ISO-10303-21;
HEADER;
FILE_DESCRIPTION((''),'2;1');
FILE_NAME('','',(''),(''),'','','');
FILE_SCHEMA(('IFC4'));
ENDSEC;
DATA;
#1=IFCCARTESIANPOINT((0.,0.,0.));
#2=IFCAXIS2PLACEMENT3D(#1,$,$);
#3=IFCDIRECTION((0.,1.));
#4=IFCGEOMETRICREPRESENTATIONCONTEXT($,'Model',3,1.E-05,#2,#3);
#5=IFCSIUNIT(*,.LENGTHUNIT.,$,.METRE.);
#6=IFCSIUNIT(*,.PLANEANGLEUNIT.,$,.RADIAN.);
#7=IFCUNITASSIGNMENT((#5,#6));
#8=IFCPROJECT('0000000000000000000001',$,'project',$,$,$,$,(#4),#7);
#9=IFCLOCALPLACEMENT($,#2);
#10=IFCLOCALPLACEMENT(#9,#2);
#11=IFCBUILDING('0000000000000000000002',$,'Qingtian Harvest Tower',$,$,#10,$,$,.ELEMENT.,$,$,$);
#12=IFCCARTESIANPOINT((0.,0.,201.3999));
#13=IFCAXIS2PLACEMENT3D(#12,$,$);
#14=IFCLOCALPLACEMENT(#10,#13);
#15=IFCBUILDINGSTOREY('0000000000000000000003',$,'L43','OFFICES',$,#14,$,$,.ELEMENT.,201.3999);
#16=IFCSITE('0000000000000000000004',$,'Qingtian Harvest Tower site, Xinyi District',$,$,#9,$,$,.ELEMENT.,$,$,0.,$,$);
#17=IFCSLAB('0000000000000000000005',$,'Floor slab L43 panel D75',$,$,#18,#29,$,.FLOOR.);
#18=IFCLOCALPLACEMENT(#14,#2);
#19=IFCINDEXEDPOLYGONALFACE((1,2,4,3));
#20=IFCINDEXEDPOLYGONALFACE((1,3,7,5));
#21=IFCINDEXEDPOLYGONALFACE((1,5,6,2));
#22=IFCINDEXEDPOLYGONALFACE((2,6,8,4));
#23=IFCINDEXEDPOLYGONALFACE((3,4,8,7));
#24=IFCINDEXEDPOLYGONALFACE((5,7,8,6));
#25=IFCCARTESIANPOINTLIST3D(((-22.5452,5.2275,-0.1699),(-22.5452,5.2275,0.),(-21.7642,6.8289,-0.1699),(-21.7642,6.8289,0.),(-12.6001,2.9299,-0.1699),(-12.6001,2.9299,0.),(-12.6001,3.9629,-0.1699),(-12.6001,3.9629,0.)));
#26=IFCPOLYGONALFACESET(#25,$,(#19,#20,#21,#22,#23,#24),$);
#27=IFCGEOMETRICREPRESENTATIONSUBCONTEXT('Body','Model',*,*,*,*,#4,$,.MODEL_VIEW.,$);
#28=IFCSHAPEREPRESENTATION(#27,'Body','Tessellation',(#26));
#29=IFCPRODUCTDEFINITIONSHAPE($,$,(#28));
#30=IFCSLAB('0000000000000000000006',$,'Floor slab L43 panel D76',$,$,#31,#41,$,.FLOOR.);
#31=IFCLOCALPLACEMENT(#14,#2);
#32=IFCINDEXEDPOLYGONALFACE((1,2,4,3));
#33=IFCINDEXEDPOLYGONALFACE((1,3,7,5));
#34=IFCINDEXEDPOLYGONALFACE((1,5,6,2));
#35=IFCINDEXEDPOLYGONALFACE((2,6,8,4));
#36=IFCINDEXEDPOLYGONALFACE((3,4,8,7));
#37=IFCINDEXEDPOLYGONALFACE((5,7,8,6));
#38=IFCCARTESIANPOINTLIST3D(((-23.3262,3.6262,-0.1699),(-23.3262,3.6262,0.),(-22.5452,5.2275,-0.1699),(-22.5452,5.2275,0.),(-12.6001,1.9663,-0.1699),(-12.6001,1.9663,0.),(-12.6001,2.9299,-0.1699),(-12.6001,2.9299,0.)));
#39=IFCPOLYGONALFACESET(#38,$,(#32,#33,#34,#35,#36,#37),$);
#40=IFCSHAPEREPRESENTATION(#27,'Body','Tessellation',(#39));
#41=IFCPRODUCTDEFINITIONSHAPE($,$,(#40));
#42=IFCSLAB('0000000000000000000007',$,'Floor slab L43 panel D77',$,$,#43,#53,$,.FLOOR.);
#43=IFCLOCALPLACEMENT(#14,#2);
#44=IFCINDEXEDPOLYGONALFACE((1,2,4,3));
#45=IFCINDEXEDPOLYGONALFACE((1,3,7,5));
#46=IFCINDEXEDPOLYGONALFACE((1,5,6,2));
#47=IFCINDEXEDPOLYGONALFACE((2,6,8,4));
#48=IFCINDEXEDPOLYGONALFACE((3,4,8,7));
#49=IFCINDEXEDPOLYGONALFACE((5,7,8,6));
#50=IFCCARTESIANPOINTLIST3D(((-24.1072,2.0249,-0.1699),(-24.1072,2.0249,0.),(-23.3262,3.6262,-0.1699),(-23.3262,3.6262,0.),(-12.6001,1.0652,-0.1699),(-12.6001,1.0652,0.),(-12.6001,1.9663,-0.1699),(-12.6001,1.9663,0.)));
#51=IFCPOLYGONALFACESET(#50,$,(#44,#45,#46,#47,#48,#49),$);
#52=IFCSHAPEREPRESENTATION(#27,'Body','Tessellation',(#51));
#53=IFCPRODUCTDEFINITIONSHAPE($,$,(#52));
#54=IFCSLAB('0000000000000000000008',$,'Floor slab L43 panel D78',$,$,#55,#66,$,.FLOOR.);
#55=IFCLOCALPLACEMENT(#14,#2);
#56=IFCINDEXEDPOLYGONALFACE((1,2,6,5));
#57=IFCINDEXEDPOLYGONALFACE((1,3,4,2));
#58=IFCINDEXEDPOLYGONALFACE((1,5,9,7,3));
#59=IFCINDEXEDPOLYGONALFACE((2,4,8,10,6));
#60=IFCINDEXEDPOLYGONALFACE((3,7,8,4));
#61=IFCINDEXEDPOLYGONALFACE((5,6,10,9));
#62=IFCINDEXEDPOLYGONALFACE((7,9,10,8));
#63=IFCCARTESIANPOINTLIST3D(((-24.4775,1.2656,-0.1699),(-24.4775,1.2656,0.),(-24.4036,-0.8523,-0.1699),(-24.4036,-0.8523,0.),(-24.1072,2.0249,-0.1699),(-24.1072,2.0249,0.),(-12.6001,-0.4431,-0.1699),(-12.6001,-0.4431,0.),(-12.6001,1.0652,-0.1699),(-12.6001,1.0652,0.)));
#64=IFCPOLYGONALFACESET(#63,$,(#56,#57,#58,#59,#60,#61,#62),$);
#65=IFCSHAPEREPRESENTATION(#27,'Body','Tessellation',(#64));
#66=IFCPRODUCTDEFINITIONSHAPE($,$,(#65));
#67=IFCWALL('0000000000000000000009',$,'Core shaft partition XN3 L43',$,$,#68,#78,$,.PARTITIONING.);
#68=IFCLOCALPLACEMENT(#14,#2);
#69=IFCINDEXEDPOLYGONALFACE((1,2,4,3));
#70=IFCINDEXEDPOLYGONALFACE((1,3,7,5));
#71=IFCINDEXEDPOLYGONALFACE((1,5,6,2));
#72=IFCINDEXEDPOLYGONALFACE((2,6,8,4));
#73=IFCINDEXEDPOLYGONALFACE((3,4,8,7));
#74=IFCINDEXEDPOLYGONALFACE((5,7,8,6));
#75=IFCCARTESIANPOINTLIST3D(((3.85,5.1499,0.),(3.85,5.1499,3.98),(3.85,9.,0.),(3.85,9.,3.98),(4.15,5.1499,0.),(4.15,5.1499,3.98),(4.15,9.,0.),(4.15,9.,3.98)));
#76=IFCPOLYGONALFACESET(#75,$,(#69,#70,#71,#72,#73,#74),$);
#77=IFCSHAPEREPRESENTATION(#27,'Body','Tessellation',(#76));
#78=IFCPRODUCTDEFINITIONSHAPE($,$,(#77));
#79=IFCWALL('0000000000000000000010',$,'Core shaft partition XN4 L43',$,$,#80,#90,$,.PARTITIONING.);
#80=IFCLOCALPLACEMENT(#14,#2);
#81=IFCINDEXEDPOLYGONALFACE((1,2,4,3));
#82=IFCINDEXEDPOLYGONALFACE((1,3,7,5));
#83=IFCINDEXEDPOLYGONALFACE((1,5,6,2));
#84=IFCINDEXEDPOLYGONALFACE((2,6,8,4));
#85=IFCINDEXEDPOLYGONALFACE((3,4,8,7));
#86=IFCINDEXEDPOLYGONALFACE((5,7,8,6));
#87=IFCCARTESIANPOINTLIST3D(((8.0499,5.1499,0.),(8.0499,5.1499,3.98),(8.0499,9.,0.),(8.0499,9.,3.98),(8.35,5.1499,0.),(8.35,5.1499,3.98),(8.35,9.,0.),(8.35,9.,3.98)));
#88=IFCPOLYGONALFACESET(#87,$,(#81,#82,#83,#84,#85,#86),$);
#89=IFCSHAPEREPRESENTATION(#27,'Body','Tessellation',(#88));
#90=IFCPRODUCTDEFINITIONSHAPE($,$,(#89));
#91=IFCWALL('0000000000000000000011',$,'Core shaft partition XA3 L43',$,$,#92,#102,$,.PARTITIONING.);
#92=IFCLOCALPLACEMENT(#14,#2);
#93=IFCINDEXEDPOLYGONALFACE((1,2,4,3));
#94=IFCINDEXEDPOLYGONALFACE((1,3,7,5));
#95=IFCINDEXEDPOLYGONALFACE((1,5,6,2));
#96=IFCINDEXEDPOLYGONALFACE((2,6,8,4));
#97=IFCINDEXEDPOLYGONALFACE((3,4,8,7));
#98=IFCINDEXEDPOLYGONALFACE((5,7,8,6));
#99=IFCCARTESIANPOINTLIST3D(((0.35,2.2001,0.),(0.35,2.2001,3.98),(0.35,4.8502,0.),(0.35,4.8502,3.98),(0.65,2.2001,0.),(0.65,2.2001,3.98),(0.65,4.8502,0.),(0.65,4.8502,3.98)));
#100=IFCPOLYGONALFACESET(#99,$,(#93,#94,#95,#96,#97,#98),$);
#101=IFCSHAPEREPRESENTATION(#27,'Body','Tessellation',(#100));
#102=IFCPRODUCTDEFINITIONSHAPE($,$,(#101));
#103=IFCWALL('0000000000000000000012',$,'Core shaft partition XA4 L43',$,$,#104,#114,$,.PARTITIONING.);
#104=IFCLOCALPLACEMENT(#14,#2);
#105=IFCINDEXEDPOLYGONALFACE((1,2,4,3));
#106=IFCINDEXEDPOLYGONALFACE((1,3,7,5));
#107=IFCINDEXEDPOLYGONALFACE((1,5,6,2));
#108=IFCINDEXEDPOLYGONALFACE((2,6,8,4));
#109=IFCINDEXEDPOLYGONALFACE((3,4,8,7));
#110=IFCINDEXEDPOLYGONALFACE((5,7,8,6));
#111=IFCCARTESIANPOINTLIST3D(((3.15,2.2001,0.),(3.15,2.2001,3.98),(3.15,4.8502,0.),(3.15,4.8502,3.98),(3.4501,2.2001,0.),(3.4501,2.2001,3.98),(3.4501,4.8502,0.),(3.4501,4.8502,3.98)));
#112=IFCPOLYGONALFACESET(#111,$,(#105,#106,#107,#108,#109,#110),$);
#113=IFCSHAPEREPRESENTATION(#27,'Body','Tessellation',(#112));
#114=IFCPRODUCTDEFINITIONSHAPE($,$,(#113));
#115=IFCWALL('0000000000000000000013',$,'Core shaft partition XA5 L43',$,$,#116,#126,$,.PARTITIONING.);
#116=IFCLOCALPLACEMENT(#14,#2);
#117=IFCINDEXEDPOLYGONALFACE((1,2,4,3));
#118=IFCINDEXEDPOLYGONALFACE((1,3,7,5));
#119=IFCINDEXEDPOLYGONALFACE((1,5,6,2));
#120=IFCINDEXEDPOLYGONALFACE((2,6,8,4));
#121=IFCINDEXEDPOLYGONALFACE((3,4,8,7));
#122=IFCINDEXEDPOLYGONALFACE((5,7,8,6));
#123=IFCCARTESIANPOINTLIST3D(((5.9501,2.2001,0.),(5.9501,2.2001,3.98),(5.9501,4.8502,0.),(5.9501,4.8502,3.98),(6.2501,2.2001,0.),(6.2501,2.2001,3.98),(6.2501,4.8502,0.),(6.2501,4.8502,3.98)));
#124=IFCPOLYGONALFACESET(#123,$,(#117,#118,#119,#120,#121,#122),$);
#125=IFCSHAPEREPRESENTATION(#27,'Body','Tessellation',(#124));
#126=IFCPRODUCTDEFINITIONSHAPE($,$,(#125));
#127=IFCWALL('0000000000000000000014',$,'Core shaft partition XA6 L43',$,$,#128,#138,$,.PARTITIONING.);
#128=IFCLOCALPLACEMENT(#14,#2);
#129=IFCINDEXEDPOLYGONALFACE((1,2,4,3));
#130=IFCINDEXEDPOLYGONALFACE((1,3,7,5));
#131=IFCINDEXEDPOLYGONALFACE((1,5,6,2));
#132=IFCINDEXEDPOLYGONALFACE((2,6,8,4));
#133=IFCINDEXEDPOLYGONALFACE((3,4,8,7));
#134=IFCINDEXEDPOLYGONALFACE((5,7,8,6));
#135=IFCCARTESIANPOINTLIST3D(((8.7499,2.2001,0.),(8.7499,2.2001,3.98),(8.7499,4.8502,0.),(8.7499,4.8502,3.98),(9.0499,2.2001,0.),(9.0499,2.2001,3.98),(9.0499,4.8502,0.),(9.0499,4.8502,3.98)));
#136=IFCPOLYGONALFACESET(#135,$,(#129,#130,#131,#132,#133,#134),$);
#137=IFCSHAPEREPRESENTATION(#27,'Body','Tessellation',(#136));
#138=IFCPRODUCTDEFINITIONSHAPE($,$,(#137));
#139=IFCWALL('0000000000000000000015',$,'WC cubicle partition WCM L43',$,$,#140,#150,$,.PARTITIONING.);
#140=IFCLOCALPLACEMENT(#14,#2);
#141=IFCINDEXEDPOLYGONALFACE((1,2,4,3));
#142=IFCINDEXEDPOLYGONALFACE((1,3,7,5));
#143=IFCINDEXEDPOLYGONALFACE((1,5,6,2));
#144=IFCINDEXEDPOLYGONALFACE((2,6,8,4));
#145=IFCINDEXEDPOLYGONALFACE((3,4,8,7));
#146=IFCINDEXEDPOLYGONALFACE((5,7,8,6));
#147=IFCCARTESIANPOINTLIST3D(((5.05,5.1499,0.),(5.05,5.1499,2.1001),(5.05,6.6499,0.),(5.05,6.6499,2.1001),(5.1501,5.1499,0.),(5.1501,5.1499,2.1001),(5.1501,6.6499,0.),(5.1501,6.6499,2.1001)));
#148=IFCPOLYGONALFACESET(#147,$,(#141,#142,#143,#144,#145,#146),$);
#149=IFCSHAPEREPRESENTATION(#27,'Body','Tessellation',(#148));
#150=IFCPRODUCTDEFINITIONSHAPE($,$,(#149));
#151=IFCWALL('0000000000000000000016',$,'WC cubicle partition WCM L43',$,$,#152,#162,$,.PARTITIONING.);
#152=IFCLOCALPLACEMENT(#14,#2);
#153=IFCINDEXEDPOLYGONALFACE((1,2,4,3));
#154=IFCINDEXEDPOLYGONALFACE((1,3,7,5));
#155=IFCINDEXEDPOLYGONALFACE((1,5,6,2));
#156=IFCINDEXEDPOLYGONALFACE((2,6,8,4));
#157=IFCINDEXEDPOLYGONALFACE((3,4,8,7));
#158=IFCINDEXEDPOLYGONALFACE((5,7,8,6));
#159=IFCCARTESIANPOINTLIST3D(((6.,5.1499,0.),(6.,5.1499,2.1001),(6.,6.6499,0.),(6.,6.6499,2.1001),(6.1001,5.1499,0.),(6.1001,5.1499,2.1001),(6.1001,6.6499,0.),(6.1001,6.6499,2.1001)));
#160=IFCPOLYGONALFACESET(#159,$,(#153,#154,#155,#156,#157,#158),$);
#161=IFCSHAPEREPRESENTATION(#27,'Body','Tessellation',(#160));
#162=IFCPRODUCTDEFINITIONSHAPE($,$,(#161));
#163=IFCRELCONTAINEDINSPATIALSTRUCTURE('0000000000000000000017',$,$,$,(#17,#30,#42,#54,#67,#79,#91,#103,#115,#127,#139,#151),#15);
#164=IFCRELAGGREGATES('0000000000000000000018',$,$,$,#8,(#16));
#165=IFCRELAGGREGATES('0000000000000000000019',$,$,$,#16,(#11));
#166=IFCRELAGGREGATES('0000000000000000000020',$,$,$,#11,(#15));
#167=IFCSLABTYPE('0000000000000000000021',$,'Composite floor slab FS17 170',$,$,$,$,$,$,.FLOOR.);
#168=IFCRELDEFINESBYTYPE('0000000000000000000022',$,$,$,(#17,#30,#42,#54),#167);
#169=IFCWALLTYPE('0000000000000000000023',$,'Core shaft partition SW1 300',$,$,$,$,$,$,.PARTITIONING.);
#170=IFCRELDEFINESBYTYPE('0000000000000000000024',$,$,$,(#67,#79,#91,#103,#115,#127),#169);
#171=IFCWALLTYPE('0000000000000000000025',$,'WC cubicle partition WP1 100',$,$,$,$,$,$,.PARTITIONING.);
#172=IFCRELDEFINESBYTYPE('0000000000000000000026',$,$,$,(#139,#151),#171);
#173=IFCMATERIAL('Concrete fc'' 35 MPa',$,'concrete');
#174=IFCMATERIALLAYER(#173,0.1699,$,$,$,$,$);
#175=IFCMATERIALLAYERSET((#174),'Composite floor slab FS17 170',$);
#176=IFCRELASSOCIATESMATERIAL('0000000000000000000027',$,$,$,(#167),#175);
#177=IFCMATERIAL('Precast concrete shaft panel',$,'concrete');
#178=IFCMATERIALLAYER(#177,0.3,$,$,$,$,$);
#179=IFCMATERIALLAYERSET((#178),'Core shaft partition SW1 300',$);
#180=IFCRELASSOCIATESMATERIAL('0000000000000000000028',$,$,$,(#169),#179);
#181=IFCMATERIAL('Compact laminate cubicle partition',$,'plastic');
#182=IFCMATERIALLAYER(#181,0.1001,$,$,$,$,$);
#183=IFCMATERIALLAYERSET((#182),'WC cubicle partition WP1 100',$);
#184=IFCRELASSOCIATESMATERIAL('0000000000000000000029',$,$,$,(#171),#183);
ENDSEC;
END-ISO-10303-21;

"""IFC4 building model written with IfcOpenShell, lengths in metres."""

from ifc_helpers import new_model, si_unit, direction, frame, frame_2d, origin, place, context, subcontext, project, spatial, polyline, rectangle, outline, extrude, material, layer, layer_set, type_object, element, save


model = new_model("IFC4")

# Units and contexts
model_context = context("Model", 3, precision=1e-05, world=origin(), true_north=direction((0.0, 1.0)))
body_context = subcontext(model_context, "Body", "Model", "MODEL_VIEW")
ifc_project = project(units=[si_unit("LENGTHUNIT", "METRE"), si_unit("PLANEANGLEUNIT", "RADIAN")], contexts=[model_context])

# Site, building, storey
site_placement = place(None, origin())
site = spatial("IfcSite", under=ifc_project, at=site_placement, Name="Qingtian Harvest Tower site, Xinyi District", CompositionType="ELEMENT", RefElevation=0.0)
building_placement = place(site_placement, origin())
building = spatial("IfcBuilding", under=site, at=building_placement, Name="Qingtian Harvest Tower", CompositionType="ELEMENT")
storey_placement = place(building_placement, frame((0.0, 0.0, 201.3999)))
storey = spatial("IfcBuildingStorey", under=building, at=storey_placement, Name="L43", Description="OFFICES", CompositionType="ELEMENT", Elevation=201.3999)

# Slabs
ifc_material_1 = material(Name="Concrete fc' 35 MPa", Category="concrete")
ifc_layer_1 = layer(ifc_material_1, 0.1699)
ifc_layer_set_1 = layer_set([ifc_layer_1], Name="Composite floor slab FS17 170")
slab_type = type_object("IfcSlabType", Name="Composite floor slab FS17 170", PredefinedType="FLOOR", material=ifc_layer_set_1)
slab_1_placement = place(storey_placement, frame((0.0, 0.0, -0.1699)))
element("IfcSlab", 1, at=slab_1_placement, inside=storey, type_object=slab_type, Name="Floor slab L43 panel D75", PredefinedType="FLOOR", context=body_context, shape_type="SweptSolid", body=[
    extrude(outline(polyline([(-12.6001, 2.9299), (-22.5452, 5.2275), (-21.7642, 6.8289), (-12.6001, 3.9629), (-12.6001, 2.9299)])), origin(), (0.0, 0.0, 1.0), 0.1699),
])
slab_2_placement = place(storey_placement, frame((0.0, 0.0, -0.1699)))
element("IfcSlab", 2, at=slab_2_placement, inside=storey, type_object=slab_type, Name="Floor slab L43 panel D76", PredefinedType="FLOOR", context=body_context, shape_type="SweptSolid", body=[
    extrude(outline(polyline([(-12.6001, 1.9663), (-23.3262, 3.6262), (-22.5452, 5.2275), (-12.6001, 2.9299), (-12.6001, 1.9663)])), origin(), (0.0, 0.0, 1.0), 0.1699),
])
slab_3_placement = place(storey_placement, frame((0.0, 0.0, -0.1699)))
element("IfcSlab", 3, at=slab_3_placement, inside=storey, type_object=slab_type, Name="Floor slab L43 panel D77", PredefinedType="FLOOR", context=body_context, shape_type="SweptSolid", body=[
    extrude(outline(polyline([(-12.6001, 1.0652), (-24.1072, 2.0249), (-23.3262, 3.6262), (-12.6001, 1.9663), (-12.6001, 1.0652)])), origin(), (0.0, 0.0, 1.0), 0.1699),
])
slab_4_placement = place(storey_placement, frame((0.0, 0.0, -0.1699)))
element("IfcSlab", 4, at=slab_4_placement, inside=storey, type_object=slab_type, Name="Floor slab L43 panel D78", PredefinedType="FLOOR", context=body_context, shape_type="SweptSolid", body=[
    extrude(outline(polyline([(-12.6001, 1.0652), (-12.6001, -0.4431), (-24.4036, -0.8523), (-24.4775, 1.2656), (-24.1072, 2.0249), (-12.6001, 1.0652)])), origin(), (0.0, 0.0, 1.0), 0.1699),
])

# Shared definitions
ifc_material_2 = material(Name="Precast concrete shaft panel", Category="concrete")
ifc_layer_2 = layer(ifc_material_2, 0.3)
ifc_layer_set_2 = layer_set([ifc_layer_2], Name="Core shaft partition SW1 300")
wall_type_1 = type_object("IfcWallType", Name="Core shaft partition SW1 300", PredefinedType="PARTITIONING", material=ifc_layer_set_2)

# Walls
for number, where, z_axis, x_axis, name in (
    (5, (4.0, 5.1499, 0.0), (0.0, 0.0, 1.0), (0.0, 1.0, 0.0), "Core shaft partition XN3 L43"),
    (6, (8.2, 5.1499, 0.0), (0.0, 0.0, 1.0), (0.0, 1.0, 0.0), "Core shaft partition XN4 L43"),
):
    element("IfcWall", number, at=place(storey_placement, frame(where, z_axis=z_axis, x_axis=x_axis)), inside=storey, type_object=wall_type_1, Name=name, PredefinedType="PARTITIONING", context=body_context, shape_type="SweptSolid", body=[
        extrude(rectangle(XDim=3.8501, YDim=0.3, at=frame_2d((1.925, 0.0))), origin(), (0.0, 0.0, 1.0), 3.98),
    ])
for number, where, z_axis, x_axis, name in (
    (7, (0.5, 2.2, 0.0), (0.0, 0.0, 1.0), (0.0, 1.0, 0.0), "Core shaft partition XA3 L43"),
    (8, (3.3, 2.2, 0.0), (0.0, 0.0, 1.0), (0.0, 1.0, 0.0), "Core shaft partition XA4 L43"),
    (9, (6.1001, 2.2, 0.0), (0.0, 0.0, 1.0), (0.0, 1.0, 0.0), "Core shaft partition XA5 L43"),
    (10, (8.8999, 2.2, 0.0), (0.0, 0.0, 1.0), (0.0, 1.0, 0.0), "Core shaft partition XA6 L43"),
):
    element("IfcWall", number, at=place(storey_placement, frame(where, z_axis=z_axis, x_axis=x_axis)), inside=storey, type_object=wall_type_1, Name=name, PredefinedType="PARTITIONING", context=body_context, shape_type="SweptSolid", body=[
        extrude(rectangle(XDim=2.6501, YDim=0.3, at=frame_2d((1.3252, 0.0))), origin(), (0.0, 0.0, 1.0), 3.98),
    ])

# Walls
ifc_material_3 = material(Name="Compact laminate cubicle partition", Category="plastic")
ifc_layer_3 = layer(ifc_material_3, 0.1001)
ifc_layer_set_3 = layer_set([ifc_layer_3], Name="WC cubicle partition WP1 100")
wall_type_2 = type_object("IfcWallType", Name="WC cubicle partition WP1 100", PredefinedType="PARTITIONING", material=ifc_layer_set_3)
for number, where, z_axis, x_axis, name in (
    (11, (5.1001, 5.1499, 0.0), (0.0, 0.0, 1.0), (0.0, 1.0, 0.0), "WC cubicle partition WCM L43"),
    (12, (6.05, 5.1499, 0.0), (0.0, 0.0, 1.0), (0.0, 1.0, 0.0), "WC cubicle partition WCM L43"),
):
    element("IfcWall", number, at=place(storey_placement, frame(where, z_axis=z_axis, x_axis=x_axis)), inside=storey, type_object=wall_type_2, Name=name, PredefinedType="PARTITIONING", context=body_context, shape_type="SweptSolid", body=[
        extrude(rectangle(XDim=1.5, YDim=0.1001, at=frame_2d((0.75, 0.0))), origin(), (0.0, 0.0, 1.0), 2.1001),
    ])

save(model, "model.ifc")
